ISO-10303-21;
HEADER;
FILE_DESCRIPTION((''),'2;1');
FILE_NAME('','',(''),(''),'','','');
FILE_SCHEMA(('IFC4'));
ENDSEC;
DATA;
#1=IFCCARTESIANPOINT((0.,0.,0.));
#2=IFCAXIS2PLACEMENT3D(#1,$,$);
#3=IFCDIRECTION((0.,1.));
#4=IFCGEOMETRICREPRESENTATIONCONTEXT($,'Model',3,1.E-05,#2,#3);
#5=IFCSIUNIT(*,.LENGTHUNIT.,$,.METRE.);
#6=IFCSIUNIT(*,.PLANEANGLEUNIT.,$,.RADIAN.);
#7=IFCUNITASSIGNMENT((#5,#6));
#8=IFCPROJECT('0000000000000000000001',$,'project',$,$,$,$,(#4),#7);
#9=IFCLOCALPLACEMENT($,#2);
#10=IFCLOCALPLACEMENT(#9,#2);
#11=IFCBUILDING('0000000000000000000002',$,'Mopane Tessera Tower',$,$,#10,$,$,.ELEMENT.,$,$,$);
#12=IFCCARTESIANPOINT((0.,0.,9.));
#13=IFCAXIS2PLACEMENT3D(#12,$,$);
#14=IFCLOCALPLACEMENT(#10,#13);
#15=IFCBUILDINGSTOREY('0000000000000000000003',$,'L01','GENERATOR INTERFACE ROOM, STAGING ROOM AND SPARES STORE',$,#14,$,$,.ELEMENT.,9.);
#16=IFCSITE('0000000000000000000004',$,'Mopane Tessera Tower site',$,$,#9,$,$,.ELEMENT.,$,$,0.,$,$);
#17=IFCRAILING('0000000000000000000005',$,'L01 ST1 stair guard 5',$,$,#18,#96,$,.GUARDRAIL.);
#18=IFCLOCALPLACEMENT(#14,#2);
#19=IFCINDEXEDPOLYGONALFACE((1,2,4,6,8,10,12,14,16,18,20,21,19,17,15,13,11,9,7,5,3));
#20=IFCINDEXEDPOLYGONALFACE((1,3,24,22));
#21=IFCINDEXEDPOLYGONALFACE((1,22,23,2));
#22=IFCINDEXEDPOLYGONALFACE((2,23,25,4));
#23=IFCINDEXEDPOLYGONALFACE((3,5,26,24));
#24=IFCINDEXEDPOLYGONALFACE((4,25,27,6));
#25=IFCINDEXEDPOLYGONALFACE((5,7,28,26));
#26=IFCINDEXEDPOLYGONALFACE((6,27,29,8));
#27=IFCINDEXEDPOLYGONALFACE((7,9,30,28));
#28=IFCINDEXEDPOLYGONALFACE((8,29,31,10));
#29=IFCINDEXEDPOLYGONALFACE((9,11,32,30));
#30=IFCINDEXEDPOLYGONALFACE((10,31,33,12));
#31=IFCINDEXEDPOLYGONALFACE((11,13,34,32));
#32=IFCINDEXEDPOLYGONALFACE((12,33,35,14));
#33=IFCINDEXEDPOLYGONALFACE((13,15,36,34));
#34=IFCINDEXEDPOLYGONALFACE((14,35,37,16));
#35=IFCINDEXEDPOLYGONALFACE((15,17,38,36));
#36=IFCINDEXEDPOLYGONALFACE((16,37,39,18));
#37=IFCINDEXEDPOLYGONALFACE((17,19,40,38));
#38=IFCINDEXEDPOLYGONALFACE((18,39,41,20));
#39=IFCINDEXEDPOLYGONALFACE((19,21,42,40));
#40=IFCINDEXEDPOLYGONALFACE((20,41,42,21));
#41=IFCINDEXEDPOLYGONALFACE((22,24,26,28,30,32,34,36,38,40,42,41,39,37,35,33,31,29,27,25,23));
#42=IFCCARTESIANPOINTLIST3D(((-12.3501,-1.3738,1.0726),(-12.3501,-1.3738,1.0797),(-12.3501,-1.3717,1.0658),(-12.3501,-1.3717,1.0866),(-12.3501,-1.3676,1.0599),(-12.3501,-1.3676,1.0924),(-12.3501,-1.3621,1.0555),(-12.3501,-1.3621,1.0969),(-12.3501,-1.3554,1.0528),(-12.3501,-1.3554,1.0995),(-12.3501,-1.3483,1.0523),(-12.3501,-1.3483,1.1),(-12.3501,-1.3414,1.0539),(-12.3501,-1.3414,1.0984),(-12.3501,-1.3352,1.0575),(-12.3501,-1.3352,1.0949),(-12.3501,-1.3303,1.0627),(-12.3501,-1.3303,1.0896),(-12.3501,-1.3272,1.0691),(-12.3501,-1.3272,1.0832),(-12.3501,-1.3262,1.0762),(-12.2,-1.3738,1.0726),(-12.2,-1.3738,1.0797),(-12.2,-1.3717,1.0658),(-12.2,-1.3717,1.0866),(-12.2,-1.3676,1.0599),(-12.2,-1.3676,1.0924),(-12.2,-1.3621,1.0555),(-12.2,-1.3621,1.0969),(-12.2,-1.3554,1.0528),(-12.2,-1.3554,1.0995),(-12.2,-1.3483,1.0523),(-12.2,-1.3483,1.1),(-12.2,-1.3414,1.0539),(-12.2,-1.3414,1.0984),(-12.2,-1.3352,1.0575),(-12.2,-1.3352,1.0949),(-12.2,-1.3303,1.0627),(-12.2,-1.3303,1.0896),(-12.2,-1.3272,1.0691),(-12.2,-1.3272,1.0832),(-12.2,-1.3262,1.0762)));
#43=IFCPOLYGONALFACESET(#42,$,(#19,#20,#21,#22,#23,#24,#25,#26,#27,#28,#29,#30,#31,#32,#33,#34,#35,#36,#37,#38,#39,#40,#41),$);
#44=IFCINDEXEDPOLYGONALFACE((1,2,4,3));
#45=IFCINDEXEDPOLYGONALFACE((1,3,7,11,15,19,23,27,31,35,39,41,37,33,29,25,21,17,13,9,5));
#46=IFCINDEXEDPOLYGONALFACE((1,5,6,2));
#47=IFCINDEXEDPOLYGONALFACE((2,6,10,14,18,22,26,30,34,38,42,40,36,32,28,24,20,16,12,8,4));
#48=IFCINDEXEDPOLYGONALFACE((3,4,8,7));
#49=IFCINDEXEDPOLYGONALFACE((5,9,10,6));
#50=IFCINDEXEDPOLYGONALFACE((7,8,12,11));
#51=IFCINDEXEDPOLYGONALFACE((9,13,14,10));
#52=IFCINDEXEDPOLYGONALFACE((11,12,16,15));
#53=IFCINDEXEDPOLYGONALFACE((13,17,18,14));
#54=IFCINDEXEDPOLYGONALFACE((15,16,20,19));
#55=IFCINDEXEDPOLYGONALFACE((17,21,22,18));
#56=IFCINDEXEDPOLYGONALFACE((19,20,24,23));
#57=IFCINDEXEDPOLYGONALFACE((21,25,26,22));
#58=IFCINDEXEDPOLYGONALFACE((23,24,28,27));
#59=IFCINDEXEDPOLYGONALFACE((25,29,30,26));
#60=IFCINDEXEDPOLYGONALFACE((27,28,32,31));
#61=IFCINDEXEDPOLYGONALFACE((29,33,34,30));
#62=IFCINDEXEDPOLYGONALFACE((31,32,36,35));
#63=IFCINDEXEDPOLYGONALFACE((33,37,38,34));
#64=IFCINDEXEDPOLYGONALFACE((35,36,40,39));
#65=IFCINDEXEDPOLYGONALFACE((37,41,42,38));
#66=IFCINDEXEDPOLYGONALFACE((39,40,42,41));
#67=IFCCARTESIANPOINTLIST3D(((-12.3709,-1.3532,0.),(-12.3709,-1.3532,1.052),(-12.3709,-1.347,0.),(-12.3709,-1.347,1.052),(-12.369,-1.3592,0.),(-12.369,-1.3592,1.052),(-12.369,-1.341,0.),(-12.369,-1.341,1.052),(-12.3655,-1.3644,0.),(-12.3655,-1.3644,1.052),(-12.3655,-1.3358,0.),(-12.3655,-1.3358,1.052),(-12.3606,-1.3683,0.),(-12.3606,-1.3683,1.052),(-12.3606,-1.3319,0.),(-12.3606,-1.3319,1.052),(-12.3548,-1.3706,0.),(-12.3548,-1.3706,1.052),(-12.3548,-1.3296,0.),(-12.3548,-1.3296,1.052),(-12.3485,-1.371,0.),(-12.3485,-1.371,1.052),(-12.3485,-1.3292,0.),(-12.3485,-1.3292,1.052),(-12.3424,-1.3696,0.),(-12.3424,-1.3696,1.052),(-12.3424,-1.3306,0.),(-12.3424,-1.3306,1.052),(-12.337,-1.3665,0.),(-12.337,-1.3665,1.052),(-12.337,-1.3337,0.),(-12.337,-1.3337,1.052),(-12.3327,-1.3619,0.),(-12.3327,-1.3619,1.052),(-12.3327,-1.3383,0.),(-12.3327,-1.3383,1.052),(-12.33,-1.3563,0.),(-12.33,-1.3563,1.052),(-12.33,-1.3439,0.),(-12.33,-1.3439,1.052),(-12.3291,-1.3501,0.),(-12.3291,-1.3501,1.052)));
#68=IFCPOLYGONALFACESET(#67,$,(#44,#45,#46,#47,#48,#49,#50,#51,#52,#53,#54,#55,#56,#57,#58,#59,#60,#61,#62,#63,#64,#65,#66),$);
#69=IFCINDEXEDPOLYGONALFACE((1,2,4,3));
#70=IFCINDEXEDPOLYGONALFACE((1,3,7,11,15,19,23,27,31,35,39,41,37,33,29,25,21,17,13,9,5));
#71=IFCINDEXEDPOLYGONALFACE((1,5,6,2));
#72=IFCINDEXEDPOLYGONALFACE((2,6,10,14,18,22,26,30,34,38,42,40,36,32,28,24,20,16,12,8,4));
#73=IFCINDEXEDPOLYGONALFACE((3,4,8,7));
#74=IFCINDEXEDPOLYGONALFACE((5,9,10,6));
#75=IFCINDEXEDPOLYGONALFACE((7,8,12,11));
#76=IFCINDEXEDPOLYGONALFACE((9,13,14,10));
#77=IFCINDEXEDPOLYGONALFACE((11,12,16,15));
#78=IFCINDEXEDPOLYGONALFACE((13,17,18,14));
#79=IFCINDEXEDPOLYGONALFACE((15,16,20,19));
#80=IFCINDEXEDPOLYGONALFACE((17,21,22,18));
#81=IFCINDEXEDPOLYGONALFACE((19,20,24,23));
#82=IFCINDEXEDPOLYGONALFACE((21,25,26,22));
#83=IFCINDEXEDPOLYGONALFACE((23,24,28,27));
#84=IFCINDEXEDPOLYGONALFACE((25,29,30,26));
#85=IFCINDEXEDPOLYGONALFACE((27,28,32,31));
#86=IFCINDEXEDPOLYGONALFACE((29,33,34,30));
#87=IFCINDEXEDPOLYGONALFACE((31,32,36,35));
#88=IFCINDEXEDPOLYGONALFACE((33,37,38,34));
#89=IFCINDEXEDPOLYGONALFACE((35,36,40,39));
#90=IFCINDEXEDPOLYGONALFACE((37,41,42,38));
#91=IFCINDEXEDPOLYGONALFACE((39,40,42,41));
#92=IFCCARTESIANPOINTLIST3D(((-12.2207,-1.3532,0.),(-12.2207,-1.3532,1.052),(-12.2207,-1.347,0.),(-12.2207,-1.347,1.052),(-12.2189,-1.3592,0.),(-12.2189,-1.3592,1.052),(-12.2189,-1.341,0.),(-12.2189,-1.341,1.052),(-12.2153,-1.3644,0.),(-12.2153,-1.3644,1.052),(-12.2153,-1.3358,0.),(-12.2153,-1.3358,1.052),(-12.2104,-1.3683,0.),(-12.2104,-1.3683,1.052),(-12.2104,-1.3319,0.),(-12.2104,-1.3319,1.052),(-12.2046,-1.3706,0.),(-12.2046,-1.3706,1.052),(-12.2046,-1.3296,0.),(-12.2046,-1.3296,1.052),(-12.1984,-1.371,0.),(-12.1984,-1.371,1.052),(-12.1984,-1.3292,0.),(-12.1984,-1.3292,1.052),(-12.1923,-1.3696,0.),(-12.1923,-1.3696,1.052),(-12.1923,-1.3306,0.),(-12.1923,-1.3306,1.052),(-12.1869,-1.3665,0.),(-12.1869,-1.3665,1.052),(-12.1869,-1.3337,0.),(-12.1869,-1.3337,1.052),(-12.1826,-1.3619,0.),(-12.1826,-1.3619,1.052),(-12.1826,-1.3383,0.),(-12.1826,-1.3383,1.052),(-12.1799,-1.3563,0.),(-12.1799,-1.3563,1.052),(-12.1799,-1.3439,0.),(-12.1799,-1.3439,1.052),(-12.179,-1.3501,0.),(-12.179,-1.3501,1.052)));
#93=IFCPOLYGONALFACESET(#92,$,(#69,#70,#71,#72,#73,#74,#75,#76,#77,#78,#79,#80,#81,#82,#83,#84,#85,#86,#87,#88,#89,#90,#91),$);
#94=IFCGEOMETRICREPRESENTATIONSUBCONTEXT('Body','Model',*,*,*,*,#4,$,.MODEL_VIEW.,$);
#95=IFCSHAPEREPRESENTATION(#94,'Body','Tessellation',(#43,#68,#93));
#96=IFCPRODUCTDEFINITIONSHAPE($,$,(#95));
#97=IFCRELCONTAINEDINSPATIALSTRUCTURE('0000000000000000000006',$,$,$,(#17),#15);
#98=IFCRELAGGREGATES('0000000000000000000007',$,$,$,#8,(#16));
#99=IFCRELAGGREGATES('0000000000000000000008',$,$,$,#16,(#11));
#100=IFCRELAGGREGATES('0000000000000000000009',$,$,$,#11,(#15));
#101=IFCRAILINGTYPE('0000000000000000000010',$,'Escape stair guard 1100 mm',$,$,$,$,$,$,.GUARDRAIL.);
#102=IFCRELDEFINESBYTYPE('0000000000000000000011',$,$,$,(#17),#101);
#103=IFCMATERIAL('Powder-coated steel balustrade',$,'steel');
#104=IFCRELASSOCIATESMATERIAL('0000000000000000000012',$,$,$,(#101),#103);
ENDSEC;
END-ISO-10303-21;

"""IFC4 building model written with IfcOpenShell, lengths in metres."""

from ifc_helpers import new_model, si_unit, direction, frame, origin, origin_2d, place, context, subcontext, project, spatial, circle, extrude, material, type_object, element, save


model = new_model("IFC4")

# Units and contexts
model_context = context("Model", 3, precision=1e-05, world=origin(), true_north=direction((0.0, 1.0)))
body_context = subcontext(model_context, "Body", "Model", "MODEL_VIEW")
ifc_project = project(units=[si_unit("LENGTHUNIT", "METRE"), si_unit("PLANEANGLEUNIT", "RADIAN")], contexts=[model_context])

# Site, building, storey
site_placement = place(None, origin())
site = spatial("IfcSite", under=ifc_project, at=site_placement, Name="Mopane Tessera Tower site", CompositionType="ELEMENT", RefElevation=0.0)
building_placement = place(site_placement, origin())
building = spatial("IfcBuilding", under=site, at=building_placement, Name="Mopane Tessera Tower", CompositionType="ELEMENT")
storey_placement = place(building_placement, frame((0.0, 0.0, 9.0)))
storey = spatial("IfcBuildingStorey", under=building, at=storey_placement, Name="L01", Description="GENERATOR INTERFACE ROOM, STAGING ROOM AND SPARES STORE", CompositionType="ELEMENT", Elevation=9.0)

# Railing
ifc_material_1 = material(Name="Powder-coated steel balustrade", Category="steel")
railing_type_1 = type_object("IfcRailingType", Name="Escape stair guard 1100 mm", PredefinedType="GUARDRAIL", material=ifc_material_1)
railing_1_placement = place(storey_placement, frame((-12.3501, -1.3501, 0.0)))
element("IfcRailing", 1, at=railing_1_placement, inside=storey, type_object=railing_type_1, Name="L01 ST1 stair guard 5", PredefinedType="GUARDRAIL", context=body_context, shape_type="SweptSolid", body=[
    extrude(circle(Radius=0.0239, at=origin_2d()), frame((0.0, 0.0, 1.0762), z_axis=(1.0, 0.0, 0.0), x_axis=(0.0, 1.0, 0.0)), (0.0, 0.0, 1.0), 0.1501),
    extrude(circle(Radius=0.021, at=origin_2d()), origin(), (0.0, 0.0, 1.0), 1.052),
    extrude(circle(Radius=0.021, at=origin_2d()), frame((0.1501, 0.0, 0.0)), (0.0, 0.0, 1.0), 1.052),
])

save(model, "model.ifc")
